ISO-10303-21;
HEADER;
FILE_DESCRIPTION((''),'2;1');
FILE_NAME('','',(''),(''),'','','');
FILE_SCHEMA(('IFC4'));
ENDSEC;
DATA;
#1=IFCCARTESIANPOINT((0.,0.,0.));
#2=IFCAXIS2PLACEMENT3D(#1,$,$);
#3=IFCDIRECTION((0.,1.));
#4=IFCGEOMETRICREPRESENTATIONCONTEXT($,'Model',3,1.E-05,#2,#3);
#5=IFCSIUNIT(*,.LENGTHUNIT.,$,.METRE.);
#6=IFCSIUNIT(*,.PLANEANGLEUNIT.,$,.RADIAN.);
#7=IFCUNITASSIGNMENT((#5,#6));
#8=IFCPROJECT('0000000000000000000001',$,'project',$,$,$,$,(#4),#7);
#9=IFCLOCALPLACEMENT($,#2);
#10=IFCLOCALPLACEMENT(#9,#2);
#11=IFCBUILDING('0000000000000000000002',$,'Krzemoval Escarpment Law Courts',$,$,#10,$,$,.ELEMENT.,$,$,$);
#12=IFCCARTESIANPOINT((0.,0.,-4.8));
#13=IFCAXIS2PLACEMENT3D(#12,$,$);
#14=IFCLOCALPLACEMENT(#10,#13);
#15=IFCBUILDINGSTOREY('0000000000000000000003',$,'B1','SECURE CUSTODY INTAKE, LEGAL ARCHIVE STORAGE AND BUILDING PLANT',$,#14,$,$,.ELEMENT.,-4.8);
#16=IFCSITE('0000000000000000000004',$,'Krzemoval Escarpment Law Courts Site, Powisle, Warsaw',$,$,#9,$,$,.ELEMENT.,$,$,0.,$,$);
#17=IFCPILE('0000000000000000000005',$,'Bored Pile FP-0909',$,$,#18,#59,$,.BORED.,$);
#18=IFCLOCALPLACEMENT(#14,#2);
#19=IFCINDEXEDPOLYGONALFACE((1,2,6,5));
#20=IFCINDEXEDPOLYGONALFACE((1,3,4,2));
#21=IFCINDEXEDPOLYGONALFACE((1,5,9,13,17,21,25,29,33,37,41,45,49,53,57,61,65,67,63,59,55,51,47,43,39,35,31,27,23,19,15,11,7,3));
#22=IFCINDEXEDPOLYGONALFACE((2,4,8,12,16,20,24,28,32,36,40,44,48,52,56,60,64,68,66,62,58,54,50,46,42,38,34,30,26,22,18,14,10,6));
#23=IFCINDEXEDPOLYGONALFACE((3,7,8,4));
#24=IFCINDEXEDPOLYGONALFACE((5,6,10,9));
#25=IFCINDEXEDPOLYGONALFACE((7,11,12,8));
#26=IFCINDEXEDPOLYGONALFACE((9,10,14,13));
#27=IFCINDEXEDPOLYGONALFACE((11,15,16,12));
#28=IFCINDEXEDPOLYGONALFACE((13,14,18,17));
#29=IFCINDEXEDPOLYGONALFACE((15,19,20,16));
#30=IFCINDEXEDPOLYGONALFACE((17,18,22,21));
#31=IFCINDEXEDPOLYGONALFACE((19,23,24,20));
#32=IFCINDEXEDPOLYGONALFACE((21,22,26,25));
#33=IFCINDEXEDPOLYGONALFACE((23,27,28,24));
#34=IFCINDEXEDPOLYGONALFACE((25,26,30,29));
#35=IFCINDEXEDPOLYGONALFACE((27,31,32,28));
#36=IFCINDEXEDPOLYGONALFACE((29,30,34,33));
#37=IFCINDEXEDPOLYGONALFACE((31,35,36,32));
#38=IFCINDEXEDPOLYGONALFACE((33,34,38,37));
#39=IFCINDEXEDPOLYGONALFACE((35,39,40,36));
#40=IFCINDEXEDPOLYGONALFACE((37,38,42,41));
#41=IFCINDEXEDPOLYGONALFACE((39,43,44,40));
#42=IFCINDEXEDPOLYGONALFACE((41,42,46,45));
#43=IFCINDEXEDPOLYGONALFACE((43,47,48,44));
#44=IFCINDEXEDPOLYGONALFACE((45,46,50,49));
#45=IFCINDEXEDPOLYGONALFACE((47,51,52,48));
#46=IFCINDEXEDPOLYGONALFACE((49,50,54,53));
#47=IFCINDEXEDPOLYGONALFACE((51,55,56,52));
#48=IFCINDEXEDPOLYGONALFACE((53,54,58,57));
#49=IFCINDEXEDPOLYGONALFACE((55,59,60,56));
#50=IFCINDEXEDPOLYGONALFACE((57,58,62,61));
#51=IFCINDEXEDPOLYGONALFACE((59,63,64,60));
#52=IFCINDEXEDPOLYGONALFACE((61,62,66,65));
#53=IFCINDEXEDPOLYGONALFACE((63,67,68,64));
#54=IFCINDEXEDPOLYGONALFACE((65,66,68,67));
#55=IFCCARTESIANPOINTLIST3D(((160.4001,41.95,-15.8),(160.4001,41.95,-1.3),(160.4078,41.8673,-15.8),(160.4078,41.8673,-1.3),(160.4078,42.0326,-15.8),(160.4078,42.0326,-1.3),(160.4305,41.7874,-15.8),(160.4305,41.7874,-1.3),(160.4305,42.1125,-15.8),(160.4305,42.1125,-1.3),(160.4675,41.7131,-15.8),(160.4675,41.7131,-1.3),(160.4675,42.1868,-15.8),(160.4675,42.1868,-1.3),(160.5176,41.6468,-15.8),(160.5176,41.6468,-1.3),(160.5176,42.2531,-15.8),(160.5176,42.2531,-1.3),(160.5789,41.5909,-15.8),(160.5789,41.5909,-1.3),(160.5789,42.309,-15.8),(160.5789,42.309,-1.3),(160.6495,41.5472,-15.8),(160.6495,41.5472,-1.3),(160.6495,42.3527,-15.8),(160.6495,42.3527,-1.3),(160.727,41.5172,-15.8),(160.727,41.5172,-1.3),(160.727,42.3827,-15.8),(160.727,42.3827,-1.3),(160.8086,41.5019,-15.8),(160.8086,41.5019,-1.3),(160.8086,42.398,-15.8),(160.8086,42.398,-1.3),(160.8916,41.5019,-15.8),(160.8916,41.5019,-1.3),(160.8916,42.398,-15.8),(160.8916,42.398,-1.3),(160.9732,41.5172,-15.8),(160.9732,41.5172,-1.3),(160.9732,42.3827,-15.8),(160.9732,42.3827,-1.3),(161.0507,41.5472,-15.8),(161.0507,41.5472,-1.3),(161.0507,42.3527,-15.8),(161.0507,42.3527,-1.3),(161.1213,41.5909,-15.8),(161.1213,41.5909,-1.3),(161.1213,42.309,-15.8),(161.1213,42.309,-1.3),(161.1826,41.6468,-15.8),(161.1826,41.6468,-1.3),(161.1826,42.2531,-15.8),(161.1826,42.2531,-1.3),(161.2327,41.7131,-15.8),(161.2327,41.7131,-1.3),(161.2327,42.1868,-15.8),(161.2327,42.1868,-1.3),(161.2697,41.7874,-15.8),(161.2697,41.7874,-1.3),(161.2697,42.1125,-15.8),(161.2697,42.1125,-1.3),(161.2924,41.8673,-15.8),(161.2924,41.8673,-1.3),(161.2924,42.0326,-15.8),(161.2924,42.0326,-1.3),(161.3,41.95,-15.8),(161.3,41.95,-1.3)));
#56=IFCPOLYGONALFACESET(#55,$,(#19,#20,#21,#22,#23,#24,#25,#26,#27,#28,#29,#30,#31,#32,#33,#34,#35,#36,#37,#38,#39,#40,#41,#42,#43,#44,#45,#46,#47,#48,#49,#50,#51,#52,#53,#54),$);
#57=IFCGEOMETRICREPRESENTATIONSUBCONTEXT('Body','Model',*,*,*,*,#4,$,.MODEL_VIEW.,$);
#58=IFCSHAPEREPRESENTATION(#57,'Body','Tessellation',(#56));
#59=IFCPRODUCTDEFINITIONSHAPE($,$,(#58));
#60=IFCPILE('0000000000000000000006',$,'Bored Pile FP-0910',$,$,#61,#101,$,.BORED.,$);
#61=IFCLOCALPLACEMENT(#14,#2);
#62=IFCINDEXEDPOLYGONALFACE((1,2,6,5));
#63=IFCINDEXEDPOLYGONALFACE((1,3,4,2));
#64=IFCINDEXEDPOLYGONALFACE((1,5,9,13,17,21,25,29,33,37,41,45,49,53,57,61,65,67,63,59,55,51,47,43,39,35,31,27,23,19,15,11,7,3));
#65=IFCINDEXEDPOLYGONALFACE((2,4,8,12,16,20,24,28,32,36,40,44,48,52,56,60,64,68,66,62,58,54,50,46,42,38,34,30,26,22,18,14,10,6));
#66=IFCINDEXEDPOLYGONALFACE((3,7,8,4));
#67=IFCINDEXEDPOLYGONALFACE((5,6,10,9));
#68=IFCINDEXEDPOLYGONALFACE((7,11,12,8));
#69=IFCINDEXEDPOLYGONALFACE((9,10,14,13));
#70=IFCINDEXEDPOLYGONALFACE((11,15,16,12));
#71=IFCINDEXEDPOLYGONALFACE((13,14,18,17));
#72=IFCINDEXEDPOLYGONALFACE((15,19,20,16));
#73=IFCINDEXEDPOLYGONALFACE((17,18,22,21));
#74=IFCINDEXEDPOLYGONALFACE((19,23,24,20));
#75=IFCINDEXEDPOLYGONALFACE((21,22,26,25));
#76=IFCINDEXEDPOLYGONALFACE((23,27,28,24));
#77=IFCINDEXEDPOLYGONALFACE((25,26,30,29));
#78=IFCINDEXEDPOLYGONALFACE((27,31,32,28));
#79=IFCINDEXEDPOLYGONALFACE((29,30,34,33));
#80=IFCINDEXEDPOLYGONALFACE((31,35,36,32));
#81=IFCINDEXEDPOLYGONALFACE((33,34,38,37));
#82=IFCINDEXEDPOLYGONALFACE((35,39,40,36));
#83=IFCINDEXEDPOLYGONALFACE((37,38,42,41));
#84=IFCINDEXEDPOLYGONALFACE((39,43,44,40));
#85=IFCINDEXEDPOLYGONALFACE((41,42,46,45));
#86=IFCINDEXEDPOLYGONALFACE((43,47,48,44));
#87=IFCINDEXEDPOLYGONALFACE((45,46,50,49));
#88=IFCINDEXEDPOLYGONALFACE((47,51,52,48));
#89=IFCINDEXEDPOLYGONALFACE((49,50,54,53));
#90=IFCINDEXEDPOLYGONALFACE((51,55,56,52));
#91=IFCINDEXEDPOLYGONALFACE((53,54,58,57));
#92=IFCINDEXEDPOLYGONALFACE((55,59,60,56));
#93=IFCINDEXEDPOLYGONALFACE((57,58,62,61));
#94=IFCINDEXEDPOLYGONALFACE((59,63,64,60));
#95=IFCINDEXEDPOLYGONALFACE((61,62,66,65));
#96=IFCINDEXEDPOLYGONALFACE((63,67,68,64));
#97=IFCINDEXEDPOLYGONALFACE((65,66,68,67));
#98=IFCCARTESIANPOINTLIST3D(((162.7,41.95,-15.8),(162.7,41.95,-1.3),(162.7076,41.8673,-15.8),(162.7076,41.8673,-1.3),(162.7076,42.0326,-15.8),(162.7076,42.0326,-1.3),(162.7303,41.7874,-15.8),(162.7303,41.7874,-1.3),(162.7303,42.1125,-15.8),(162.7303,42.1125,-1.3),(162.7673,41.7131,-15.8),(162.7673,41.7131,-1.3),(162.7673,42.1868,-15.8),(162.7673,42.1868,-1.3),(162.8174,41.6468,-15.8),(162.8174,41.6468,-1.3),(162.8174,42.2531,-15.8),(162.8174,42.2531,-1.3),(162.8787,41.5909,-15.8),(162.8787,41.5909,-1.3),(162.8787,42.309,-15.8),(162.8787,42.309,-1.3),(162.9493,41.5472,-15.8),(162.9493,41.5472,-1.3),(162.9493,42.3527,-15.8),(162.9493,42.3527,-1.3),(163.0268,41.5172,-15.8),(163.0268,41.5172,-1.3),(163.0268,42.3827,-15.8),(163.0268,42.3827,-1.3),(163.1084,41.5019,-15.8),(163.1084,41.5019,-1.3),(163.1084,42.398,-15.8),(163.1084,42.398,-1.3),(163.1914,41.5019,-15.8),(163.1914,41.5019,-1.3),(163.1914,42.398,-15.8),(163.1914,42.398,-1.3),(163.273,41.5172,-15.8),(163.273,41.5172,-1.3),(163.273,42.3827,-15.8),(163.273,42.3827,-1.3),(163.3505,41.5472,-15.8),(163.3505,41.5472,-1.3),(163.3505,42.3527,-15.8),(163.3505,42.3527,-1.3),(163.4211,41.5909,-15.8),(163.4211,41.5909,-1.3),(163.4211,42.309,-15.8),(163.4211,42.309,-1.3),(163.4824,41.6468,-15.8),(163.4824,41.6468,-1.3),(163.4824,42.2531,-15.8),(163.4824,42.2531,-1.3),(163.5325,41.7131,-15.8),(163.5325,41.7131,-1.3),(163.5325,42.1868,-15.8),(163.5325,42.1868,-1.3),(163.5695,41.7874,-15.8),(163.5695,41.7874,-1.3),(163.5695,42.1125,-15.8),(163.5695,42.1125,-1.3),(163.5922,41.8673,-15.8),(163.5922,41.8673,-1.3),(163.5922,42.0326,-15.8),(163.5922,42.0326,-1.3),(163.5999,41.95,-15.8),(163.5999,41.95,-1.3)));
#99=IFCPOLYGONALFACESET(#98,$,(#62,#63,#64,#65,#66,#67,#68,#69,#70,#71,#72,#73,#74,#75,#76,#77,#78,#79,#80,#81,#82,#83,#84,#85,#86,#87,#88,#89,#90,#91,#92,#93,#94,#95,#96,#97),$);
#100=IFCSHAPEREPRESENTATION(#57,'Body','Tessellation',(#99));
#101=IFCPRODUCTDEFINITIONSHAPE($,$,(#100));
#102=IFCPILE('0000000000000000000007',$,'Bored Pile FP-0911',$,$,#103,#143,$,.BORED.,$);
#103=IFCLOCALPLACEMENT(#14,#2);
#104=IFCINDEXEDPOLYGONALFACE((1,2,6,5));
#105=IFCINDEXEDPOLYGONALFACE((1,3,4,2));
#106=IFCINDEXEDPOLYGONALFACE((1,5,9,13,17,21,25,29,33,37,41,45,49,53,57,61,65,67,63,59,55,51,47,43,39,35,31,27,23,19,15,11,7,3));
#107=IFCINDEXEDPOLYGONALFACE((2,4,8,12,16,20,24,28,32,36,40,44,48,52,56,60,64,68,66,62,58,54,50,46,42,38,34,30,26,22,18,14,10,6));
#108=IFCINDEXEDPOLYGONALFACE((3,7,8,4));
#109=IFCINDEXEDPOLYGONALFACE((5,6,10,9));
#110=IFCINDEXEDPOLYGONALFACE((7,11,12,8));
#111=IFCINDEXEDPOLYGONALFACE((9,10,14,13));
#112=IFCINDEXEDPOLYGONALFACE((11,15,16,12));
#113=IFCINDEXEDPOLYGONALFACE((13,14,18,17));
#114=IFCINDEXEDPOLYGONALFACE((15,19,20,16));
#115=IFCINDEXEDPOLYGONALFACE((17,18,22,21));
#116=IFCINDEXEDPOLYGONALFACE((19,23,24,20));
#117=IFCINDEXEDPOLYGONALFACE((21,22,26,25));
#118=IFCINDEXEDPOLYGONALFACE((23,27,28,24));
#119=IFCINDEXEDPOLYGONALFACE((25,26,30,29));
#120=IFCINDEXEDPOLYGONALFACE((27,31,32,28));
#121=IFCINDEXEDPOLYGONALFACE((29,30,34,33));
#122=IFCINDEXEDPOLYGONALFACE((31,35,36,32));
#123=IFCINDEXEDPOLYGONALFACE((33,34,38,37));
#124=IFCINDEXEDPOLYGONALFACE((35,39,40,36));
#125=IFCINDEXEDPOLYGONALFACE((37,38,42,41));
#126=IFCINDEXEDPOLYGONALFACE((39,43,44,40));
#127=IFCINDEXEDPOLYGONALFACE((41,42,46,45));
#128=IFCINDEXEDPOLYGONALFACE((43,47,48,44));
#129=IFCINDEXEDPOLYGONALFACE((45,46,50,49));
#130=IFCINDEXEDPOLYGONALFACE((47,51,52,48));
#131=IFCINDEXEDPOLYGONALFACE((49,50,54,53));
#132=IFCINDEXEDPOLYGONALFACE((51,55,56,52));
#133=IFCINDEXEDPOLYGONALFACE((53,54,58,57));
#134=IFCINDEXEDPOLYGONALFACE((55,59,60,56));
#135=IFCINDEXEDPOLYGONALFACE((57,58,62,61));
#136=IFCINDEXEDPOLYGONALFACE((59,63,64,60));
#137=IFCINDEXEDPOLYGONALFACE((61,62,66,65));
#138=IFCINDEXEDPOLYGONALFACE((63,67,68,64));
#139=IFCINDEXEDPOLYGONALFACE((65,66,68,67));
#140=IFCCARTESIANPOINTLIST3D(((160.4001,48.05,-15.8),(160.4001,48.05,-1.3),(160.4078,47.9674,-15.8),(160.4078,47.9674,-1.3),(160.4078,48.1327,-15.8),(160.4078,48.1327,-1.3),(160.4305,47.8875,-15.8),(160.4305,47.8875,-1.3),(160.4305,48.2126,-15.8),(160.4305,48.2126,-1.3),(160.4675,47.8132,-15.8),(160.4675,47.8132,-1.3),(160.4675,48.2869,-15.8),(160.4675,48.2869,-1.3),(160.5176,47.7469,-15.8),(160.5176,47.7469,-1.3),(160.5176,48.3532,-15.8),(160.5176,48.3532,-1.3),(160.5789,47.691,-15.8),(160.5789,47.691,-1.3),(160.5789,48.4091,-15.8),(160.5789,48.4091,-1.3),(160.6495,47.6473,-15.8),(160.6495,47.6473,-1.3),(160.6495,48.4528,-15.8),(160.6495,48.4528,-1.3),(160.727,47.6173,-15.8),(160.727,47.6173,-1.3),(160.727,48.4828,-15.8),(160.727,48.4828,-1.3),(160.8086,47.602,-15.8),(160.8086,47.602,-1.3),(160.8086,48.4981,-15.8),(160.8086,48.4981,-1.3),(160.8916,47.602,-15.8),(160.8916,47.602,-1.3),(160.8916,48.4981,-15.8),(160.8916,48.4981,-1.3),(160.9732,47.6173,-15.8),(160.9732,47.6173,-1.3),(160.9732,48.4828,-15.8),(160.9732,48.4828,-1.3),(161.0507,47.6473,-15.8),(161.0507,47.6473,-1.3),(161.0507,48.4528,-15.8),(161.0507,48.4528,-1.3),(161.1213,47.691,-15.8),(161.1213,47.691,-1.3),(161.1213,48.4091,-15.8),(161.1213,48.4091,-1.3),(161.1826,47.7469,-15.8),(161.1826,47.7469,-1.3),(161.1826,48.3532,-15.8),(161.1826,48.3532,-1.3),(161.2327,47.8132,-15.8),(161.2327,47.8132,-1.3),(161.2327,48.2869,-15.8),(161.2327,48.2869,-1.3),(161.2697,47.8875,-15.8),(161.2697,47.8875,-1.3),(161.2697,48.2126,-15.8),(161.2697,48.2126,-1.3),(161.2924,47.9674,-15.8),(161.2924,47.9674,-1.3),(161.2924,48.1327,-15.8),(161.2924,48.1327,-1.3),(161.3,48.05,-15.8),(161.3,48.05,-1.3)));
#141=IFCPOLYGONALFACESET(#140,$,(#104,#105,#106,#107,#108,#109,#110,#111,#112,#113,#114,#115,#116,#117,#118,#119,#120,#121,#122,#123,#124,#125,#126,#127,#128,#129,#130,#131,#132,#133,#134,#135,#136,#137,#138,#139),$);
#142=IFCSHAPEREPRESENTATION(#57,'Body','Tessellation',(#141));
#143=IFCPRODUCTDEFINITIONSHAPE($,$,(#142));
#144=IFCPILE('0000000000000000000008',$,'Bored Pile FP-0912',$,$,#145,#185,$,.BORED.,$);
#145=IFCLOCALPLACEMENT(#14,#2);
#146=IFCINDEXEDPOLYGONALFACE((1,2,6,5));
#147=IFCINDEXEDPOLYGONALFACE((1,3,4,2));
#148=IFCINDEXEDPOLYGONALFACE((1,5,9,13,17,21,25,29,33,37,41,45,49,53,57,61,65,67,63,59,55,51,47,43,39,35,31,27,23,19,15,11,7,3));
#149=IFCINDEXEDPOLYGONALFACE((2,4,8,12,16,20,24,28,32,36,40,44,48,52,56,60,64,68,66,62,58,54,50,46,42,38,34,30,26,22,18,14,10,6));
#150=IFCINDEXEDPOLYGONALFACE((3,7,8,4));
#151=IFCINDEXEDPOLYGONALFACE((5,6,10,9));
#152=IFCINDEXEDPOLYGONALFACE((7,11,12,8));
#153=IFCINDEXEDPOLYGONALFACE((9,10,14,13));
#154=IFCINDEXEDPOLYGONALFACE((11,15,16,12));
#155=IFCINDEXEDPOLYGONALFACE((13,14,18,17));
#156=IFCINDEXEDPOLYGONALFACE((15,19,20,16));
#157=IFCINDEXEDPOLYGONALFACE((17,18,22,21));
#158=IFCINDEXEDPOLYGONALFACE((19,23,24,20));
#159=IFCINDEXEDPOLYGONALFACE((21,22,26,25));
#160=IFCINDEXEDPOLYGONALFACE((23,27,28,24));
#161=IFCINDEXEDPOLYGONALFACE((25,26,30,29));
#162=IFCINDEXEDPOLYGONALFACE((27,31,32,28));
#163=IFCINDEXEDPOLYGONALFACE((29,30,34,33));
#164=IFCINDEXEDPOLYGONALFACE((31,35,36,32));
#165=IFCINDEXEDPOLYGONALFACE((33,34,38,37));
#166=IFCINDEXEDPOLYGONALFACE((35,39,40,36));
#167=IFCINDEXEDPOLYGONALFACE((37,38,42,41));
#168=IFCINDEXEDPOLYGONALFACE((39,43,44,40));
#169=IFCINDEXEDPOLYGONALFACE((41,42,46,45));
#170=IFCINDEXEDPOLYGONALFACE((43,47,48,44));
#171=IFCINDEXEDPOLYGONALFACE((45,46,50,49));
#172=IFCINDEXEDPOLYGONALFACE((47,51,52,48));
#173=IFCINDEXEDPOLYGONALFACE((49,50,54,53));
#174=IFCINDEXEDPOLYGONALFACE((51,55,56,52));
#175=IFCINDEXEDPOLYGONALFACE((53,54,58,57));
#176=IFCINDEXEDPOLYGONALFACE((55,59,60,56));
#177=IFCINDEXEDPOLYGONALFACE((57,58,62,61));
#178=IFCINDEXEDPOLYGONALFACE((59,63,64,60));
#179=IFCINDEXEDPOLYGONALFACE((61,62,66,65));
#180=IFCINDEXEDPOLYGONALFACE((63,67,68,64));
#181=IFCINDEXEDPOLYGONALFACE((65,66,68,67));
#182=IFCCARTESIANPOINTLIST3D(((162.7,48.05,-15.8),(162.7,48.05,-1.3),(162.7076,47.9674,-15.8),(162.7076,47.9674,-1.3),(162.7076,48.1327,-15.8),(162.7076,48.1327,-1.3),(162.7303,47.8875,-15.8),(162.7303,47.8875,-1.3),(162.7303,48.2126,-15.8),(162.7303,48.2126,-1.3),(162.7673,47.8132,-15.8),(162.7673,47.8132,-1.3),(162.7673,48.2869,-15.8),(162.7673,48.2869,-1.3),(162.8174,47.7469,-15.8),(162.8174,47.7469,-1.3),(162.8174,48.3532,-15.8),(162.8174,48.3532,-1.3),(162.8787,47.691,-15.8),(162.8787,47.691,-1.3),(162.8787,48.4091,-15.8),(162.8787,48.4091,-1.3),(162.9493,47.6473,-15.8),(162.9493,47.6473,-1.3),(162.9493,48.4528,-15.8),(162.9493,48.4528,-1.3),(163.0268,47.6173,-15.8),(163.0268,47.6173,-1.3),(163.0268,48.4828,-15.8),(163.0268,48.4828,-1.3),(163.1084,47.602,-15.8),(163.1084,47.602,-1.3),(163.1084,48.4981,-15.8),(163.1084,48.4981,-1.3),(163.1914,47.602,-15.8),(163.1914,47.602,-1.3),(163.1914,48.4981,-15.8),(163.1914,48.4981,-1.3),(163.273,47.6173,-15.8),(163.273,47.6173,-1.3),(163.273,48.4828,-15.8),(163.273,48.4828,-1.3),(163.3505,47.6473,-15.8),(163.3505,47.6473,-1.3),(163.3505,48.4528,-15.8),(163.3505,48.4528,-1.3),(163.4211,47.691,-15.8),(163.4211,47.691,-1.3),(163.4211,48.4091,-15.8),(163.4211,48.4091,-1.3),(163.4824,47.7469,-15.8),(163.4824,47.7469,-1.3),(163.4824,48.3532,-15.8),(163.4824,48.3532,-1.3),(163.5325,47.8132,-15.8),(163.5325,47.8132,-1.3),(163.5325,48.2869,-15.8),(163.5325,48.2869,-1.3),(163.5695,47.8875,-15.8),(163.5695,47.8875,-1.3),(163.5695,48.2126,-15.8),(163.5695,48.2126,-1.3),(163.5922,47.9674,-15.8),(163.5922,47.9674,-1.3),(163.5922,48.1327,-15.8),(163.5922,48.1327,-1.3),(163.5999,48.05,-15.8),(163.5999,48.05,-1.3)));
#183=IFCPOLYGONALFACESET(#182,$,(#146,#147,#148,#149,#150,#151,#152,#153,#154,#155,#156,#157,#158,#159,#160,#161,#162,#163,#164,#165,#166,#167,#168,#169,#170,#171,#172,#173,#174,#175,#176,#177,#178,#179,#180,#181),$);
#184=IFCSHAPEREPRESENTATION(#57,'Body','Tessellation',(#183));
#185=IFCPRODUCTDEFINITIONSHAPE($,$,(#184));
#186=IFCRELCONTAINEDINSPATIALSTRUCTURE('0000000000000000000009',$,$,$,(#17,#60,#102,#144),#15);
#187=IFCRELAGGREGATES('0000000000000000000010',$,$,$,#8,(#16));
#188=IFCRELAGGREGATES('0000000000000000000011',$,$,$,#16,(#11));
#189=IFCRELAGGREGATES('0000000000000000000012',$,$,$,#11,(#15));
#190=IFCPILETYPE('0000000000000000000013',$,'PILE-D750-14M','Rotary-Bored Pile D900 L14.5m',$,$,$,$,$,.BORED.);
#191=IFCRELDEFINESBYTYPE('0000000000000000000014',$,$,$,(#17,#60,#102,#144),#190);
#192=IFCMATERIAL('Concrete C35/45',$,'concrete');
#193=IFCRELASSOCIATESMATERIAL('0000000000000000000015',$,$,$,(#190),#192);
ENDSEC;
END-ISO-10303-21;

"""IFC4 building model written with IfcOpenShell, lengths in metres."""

from ifc_helpers import new_model, si_unit, direction, frame, origin, origin_2d, place, context, subcontext, project, spatial, circle, extrude, material, material_profile, profile_set, type_object, element, save


model = new_model("IFC4")

# Units and contexts
model_context = context("Model", 3, precision=1e-05, world=origin(), true_north=direction((0.0, 1.0)))
body_context = subcontext(model_context, "Body", "Model", "MODEL_VIEW")
ifc_project = project(units=[si_unit("LENGTHUNIT", "METRE"), si_unit("PLANEANGLEUNIT", "RADIAN")], contexts=[model_context])

# Site, building, storey
site_placement = place(None, origin())
site = spatial("IfcSite", under=ifc_project, at=site_placement, Name="Krzemoval Escarpment Law Courts Site, Powisle, Warsaw", CompositionType="ELEMENT", RefElevation=0.0)
building_placement = place(site_placement, origin())
building = spatial("IfcBuilding", under=site, at=building_placement, Name="Krzemoval Escarpment Law Courts", CompositionType="ELEMENT")
storey_placement = place(building_placement, frame((0.0, 0.0, -4.8)))
storey = spatial("IfcBuildingStorey", under=building, at=storey_placement, Name="B1", Description="SECURE CUSTODY INTAKE, LEGAL ARCHIVE STORAGE AND BUILDING PLANT", CompositionType="ELEMENT", Elevation=-4.8)

# Piles
ifc_material_1 = material(Name="Concrete C35/45", Category="concrete")
ifc_material_profile_1 = material_profile(ifc_material_1, circle(Radius=0.45, at=origin_2d()), Name="PILE D900")
ifc_profile_set_1 = profile_set([ifc_material_profile_1], Name="Concrete C35/45")
pile_type = type_object("IfcPileType", Name="PILE-D750-14M", Description="Rotary-Bored Pile D900 L14.5m", PredefinedType="BORED", material=ifc_profile_set_1)
for number, where, z_axis, x_axis, name in (
    (1, (160.8501, 41.95, -1.3), (0.0, 0.0, -1.0), (1.0, 0.0, 0.0), "Bored Pile FP-0909"),
    (2, (163.1499, 41.95, -1.3), (0.0, 0.0, -1.0), (1.0, 0.0, 0.0), "Bored Pile FP-0910"),
    (3, (160.8501, 48.05, -1.3), (0.0, 0.0, -1.0), (1.0, 0.0, 0.0), "Bored Pile FP-0911"),
    (4, (163.1499, 48.05, -1.3), (0.0, 0.0, -1.0), (1.0, 0.0, 0.0), "Bored Pile FP-0912"),
):
    element("IfcPile", number, at=place(storey_placement, frame(where, z_axis=z_axis, x_axis=x_axis)), inside=storey, type_object=pile_type, Name=name, PredefinedType="BORED", context=body_context, shape_type="SweptSolid", body=[
        extrude(circle(Radius=0.45, at=origin_2d()), origin(), (0.0, 0.0, 1.0), 14.5),
    ])

save(model, "model.ifc")
